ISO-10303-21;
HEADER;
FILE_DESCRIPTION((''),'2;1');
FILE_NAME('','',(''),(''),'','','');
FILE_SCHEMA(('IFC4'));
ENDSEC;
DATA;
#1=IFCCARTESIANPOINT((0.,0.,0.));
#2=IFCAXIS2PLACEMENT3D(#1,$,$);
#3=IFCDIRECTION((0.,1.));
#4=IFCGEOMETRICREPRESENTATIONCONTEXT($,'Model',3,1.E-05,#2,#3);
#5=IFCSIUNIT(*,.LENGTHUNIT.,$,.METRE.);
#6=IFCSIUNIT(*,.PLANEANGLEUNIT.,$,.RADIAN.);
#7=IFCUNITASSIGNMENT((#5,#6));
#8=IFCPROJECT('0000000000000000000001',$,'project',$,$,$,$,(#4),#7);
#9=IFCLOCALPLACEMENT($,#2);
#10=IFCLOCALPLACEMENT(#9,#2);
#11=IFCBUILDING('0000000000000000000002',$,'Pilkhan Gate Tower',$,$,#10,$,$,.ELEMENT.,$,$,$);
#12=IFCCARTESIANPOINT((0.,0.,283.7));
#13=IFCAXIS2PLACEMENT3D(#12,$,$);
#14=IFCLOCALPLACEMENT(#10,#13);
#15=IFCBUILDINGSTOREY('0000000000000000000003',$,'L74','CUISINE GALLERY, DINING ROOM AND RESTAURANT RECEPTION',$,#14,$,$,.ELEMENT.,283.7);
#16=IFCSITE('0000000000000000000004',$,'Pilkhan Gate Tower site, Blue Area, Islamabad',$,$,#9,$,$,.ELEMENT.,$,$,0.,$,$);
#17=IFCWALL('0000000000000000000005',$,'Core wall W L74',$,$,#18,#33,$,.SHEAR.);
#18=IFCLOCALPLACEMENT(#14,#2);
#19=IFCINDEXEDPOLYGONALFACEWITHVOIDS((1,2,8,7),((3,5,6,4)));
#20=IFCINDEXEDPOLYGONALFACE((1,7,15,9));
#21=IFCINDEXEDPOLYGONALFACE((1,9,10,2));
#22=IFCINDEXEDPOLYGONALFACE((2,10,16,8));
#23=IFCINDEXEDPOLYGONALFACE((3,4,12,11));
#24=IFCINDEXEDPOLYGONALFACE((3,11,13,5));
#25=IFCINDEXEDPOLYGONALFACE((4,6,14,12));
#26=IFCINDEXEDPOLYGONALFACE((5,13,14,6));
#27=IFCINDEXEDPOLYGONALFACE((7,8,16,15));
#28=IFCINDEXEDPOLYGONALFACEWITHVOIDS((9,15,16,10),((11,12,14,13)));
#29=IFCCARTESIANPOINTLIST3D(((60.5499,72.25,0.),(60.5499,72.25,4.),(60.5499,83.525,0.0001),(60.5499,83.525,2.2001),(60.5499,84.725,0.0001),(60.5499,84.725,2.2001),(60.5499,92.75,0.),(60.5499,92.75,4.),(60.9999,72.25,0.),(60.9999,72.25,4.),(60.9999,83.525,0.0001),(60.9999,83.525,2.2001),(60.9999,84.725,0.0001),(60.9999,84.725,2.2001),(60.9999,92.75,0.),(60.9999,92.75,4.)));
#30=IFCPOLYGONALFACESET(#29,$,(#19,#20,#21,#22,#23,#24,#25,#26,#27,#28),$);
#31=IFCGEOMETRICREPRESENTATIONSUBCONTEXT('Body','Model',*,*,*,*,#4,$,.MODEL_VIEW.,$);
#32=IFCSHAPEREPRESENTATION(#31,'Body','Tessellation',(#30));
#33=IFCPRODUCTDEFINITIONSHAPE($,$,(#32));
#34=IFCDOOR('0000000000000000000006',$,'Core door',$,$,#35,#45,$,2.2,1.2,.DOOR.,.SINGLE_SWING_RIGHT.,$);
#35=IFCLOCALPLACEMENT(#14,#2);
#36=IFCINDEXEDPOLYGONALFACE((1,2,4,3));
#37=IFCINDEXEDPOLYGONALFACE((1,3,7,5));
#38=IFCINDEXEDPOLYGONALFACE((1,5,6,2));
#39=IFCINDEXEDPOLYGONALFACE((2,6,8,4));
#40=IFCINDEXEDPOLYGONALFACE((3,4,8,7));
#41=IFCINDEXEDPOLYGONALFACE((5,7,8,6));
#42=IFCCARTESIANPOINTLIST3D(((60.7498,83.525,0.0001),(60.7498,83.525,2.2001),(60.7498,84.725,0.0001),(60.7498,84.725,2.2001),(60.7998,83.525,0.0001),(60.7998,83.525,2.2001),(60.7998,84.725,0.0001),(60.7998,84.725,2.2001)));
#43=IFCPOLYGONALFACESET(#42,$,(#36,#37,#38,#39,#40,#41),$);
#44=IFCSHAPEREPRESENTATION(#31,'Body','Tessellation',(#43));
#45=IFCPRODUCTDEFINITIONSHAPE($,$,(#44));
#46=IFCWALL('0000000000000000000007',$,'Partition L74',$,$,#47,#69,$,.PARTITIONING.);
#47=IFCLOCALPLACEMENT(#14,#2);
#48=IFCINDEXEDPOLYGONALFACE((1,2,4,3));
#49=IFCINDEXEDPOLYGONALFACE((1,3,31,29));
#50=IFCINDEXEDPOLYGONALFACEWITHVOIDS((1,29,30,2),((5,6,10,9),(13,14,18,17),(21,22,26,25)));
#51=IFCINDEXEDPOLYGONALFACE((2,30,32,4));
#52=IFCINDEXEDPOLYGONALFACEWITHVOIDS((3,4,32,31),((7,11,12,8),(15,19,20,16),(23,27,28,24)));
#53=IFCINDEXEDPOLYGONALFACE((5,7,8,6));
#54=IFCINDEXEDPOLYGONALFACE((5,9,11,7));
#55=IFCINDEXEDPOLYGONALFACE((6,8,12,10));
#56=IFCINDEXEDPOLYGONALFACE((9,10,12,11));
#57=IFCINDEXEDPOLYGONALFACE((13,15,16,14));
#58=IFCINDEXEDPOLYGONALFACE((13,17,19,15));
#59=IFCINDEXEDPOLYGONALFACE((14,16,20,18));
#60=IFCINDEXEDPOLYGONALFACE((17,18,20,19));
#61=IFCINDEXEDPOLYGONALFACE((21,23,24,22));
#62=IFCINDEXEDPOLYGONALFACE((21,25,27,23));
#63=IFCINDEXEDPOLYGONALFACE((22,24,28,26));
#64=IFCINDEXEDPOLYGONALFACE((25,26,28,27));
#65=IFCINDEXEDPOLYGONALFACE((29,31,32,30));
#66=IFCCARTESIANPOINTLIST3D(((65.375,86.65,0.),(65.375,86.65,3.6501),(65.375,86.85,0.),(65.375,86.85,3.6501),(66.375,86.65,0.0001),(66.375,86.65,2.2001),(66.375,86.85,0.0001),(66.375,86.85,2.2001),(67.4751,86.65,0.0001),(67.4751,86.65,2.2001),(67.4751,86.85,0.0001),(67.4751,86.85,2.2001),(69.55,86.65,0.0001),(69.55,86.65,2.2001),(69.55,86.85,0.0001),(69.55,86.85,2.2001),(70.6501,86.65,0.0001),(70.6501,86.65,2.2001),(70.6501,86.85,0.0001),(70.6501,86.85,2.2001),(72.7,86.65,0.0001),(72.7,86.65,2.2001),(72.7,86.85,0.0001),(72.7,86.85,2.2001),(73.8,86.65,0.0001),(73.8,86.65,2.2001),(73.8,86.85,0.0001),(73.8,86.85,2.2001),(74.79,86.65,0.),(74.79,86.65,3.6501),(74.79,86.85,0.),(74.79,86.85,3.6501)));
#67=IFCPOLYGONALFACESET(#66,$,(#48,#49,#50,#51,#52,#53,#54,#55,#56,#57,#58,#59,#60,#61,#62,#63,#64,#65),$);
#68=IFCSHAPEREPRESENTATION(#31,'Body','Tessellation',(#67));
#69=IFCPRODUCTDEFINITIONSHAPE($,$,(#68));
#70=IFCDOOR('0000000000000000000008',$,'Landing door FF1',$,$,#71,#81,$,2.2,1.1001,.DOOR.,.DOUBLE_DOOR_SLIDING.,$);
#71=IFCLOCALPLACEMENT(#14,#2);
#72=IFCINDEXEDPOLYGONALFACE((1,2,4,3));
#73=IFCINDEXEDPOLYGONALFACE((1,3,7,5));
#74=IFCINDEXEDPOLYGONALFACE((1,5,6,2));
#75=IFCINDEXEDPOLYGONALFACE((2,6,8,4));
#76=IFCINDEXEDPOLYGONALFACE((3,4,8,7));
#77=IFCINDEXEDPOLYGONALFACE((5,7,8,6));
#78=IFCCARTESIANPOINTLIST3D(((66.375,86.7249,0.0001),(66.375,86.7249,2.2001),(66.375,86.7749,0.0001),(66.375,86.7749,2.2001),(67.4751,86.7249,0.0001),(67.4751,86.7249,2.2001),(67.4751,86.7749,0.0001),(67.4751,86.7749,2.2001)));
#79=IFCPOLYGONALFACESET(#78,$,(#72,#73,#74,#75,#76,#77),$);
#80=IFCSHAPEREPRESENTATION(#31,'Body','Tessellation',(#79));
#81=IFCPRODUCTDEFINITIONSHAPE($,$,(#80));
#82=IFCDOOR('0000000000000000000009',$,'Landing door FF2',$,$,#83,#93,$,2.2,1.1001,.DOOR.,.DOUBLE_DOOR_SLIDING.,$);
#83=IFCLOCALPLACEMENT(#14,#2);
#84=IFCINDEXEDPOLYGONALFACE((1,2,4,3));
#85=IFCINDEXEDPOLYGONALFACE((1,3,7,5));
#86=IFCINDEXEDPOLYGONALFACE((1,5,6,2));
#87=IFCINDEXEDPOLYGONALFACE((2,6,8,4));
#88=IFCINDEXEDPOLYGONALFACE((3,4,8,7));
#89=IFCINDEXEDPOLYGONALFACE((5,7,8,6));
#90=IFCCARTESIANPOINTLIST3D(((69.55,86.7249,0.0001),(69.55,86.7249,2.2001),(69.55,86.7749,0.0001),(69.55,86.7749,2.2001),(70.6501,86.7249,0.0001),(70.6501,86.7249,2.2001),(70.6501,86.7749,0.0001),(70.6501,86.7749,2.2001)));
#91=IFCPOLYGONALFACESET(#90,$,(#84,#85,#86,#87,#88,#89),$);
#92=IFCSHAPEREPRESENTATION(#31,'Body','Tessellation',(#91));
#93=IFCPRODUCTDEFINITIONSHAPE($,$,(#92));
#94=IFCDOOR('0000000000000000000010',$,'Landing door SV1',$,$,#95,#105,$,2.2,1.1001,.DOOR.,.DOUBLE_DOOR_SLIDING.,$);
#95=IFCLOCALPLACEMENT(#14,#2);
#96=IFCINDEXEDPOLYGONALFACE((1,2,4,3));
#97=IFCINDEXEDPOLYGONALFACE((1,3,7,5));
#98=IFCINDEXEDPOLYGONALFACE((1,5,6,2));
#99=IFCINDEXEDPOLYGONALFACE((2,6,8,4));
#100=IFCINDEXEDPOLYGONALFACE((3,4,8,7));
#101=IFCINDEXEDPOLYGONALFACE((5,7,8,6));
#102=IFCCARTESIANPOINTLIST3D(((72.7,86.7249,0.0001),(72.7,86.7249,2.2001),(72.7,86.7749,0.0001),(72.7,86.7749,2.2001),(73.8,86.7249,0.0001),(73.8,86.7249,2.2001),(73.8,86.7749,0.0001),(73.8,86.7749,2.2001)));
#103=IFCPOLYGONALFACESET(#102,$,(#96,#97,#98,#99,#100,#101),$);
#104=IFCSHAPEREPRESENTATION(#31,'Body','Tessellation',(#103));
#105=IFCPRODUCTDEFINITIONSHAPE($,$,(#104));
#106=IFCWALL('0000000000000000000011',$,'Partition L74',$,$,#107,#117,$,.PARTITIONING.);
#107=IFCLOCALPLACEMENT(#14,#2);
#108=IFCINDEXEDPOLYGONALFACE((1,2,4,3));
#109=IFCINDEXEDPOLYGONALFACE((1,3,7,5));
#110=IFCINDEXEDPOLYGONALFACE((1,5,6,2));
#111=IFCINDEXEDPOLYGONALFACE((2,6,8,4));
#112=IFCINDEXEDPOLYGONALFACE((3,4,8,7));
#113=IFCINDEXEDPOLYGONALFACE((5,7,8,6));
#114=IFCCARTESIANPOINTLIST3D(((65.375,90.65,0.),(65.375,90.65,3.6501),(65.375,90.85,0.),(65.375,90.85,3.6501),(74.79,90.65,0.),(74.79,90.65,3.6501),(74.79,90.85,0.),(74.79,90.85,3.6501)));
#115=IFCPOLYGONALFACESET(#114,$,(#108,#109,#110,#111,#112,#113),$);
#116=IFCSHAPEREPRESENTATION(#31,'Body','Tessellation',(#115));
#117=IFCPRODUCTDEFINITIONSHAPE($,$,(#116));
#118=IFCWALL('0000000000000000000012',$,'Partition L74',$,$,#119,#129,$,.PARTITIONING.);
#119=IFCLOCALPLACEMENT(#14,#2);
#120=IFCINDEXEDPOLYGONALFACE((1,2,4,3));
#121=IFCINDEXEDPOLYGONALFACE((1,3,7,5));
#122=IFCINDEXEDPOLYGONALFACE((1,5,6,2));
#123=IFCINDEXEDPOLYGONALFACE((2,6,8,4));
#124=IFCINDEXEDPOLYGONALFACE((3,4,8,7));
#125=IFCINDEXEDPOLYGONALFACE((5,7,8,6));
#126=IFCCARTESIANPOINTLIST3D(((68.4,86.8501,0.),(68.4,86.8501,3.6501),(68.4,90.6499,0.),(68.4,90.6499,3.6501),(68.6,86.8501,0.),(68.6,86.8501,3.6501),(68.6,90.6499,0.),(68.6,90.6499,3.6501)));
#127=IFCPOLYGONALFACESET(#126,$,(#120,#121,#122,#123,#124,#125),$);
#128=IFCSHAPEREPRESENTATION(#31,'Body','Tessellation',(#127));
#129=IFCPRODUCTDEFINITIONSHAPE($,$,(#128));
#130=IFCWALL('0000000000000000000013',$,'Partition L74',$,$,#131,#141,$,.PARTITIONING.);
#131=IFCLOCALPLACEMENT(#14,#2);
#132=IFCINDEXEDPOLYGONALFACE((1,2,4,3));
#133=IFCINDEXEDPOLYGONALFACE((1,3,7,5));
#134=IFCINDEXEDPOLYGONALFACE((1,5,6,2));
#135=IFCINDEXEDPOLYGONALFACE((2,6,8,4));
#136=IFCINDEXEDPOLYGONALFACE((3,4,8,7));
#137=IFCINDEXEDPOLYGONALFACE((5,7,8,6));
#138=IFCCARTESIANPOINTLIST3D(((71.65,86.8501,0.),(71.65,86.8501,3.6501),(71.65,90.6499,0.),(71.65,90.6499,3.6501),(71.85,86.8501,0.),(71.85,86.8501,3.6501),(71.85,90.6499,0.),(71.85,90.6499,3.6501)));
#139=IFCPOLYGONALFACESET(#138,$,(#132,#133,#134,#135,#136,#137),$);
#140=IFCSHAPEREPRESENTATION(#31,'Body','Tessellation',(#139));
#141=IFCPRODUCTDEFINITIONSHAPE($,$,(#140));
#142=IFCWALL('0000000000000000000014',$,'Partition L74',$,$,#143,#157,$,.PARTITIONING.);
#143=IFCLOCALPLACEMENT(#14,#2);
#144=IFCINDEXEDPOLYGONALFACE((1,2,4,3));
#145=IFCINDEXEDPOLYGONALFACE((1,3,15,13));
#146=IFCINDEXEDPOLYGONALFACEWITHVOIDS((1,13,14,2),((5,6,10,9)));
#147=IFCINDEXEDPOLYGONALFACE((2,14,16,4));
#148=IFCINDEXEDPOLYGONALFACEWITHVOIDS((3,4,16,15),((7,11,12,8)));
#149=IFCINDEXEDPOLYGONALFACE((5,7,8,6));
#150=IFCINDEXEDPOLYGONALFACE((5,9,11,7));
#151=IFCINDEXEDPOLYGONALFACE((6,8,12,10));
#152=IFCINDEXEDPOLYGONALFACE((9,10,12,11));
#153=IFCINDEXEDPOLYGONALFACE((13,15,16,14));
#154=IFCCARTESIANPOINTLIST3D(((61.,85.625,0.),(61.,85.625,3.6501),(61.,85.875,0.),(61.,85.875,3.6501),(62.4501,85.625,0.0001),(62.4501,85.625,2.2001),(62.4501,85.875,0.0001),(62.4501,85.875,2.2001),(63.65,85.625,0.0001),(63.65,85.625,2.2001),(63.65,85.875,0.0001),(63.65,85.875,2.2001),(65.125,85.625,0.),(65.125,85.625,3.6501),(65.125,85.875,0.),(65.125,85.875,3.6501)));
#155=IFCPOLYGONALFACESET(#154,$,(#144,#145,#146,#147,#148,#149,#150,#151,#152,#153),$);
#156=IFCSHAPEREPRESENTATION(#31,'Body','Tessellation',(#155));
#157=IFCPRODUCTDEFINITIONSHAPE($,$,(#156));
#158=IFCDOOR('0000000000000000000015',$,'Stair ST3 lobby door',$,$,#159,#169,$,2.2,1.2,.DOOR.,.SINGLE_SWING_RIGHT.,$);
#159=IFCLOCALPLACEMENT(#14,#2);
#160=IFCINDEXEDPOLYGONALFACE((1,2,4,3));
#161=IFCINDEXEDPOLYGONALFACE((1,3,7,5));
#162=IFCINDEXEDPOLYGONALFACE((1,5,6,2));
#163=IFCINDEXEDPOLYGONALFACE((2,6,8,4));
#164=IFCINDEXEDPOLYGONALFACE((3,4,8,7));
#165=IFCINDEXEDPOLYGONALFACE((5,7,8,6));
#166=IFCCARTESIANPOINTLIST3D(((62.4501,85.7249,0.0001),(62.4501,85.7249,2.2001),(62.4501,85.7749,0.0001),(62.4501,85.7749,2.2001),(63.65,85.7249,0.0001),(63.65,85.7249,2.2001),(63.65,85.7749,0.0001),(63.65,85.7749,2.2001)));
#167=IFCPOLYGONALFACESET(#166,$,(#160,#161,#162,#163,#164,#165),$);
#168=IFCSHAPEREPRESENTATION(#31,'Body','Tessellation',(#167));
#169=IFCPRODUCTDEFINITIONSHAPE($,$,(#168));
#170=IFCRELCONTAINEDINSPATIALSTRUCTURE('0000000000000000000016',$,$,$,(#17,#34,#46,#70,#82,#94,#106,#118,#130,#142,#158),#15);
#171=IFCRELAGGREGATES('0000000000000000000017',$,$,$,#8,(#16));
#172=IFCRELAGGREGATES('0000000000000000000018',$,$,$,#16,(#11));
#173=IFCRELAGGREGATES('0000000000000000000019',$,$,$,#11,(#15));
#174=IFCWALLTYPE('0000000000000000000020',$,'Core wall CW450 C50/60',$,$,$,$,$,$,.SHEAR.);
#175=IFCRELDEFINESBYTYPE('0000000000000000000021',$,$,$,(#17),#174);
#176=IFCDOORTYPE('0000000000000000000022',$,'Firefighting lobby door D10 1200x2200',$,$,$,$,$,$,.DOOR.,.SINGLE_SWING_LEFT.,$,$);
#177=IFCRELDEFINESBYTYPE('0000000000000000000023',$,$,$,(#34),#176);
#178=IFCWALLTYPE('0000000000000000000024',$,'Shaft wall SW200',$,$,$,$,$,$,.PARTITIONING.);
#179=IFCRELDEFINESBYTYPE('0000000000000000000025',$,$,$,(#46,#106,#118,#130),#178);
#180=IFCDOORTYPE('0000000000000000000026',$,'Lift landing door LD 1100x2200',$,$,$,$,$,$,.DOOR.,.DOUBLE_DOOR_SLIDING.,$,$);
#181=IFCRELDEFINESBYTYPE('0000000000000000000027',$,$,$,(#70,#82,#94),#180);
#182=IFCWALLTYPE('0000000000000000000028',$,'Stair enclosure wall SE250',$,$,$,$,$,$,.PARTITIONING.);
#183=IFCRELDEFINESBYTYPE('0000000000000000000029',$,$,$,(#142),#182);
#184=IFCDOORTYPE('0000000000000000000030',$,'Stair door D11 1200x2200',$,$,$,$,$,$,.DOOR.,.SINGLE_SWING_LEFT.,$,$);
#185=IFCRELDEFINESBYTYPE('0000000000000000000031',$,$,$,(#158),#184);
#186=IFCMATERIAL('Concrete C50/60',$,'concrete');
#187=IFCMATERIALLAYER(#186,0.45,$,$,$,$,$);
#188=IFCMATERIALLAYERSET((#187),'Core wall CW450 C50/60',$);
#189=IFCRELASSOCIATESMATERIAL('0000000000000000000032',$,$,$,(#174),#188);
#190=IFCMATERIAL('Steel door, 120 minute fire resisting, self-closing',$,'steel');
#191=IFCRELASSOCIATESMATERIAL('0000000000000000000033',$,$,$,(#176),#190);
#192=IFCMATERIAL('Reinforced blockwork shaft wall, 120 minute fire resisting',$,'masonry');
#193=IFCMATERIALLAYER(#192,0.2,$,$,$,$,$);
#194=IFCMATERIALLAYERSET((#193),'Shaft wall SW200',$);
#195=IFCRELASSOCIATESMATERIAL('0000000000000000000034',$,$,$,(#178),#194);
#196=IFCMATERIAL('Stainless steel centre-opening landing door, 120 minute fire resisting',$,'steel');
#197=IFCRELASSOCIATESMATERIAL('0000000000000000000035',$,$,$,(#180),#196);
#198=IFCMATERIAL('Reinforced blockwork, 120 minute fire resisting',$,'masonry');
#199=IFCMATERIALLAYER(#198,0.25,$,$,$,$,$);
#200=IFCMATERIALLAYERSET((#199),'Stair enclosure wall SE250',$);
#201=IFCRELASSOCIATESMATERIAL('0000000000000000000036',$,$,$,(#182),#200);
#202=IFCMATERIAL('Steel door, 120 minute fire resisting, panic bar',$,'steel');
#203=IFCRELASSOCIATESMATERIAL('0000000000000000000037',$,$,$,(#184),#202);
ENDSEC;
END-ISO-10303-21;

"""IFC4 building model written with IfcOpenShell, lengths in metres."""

from ifc_helpers import new_model, si_unit, direction, frame, frame_2d, origin, place, context, subcontext, project, spatial, rectangle, extrude, material, layer, layer_set, type_object, element, fill, save


model = new_model("IFC4")

# Units and contexts
model_context = context("Model", 3, precision=1e-05, world=origin(), true_north=direction((0.0, 1.0)))
body_context = subcontext(model_context, "Body", "Model", "MODEL_VIEW")
ifc_project = project(units=[si_unit("LENGTHUNIT", "METRE"), si_unit("PLANEANGLEUNIT", "RADIAN")], contexts=[model_context])

# Site, building, storey
site_placement = place(None, origin())
site = spatial("IfcSite", under=ifc_project, at=site_placement, Name="Pilkhan Gate Tower site, Blue Area, Islamabad", CompositionType="ELEMENT", RefElevation=0.0)
building_placement = place(site_placement, origin())
building = spatial("IfcBuilding", under=site, at=building_placement, Name="Pilkhan Gate Tower", CompositionType="ELEMENT")
storey_placement = place(building_placement, frame((0.0, 0.0, 283.7)))
storey = spatial("IfcBuildingStorey", under=building, at=storey_placement, Name="L74", Description="CUISINE GALLERY, DINING ROOM AND RESTAURANT RECEPTION", CompositionType="ELEMENT", Elevation=283.7)

# Wall, opening, door
ifc_material_1 = material(Name="Concrete C50/60", Category="concrete")
ifc_layer_1 = layer(ifc_material_1, 0.45)
ifc_layer_set_1 = layer_set([ifc_layer_1], Name="Core wall CW450 C50/60")
wall_type_1 = type_object("IfcWallType", Name="Core wall CW450 C50/60", PredefinedType="SHEAR", material=ifc_layer_set_1)
wall_1_placement = place(storey_placement, frame((60.7749, 92.75, 0.0), z_axis=(0.0, 0.0, 1.0), x_axis=(0.0, -1.0, 0.0)))
wall_1 = element("IfcWall", 1, at=wall_1_placement, inside=storey, type_object=wall_type_1, Name="Core wall W L74", PredefinedType="SHEAR", context=body_context, shape_type="SweptSolid", body=[
    extrude(rectangle(XDim=20.5, YDim=0.45, at=frame_2d((10.25, 0.0))), origin(), (0.0, 0.0, 1.0), 4.0),
])
opening_1_placement = place(wall_1_placement, frame((8.0249, 0.0, 0.0)))
opening_1 = element("IfcOpeningElement", 2, at=opening_1_placement, cuts=wall_1, PredefinedType="OPENING", context=body_context, shape_type="SweptSolid", body=[
    extrude(rectangle(XDim=1.2, YDim=2.2, at=frame_2d((0.6001, 1.1001))), frame((0.0, 0.2349, 0.0), z_axis=(0.0, -1.0, 0.0), x_axis=(1.0, 0.0, 0.0)), (0.0, 0.0, 1.0), 0.47),
])
ifc_material_2 = material(Name="Steel door, 120 minute fire resisting, self-closing", Category="steel")
door_type_1 = type_object("IfcDoorType", Name="Firefighting lobby door D10 1200x2200", OperationType="SINGLE_SWING_LEFT", PredefinedType="DOOR", material=ifc_material_2)
door_1_placement = place(opening_1_placement, origin())
door_1 = element("IfcDoor", 3, at=door_1_placement, inside=storey, type_object=door_type_1, Name="Core door", OperationType="SINGLE_SWING_RIGHT", OverallHeight=2.2, OverallWidth=1.2, PredefinedType="DOOR", context=body_context, shape_type="SweptSolid", body=[
    extrude(rectangle(XDim=1.2, YDim=2.2, at=frame_2d((0.6001, 1.1001))), frame((0.0, 0.0249, 0.0), z_axis=(0.0, -1.0, 0.0), x_axis=(1.0, 0.0, 0.0)), (0.0, 0.0, 1.0), 0.05),
])
fill(opening_1, door_1)

# Wall, openings, doors
ifc_material_3 = material(Name="Reinforced blockwork shaft wall, 120 minute fire resisting", Category="masonry")
ifc_layer_2 = layer(ifc_material_3, 0.2)
ifc_layer_set_2 = layer_set([ifc_layer_2], Name="Shaft wall SW200")
wall_type_2 = type_object("IfcWallType", Name="Shaft wall SW200", PredefinedType="PARTITIONING", material=ifc_layer_set_2)
wall_2_placement = place(storey_placement, frame((65.375, 86.75, 0.0), z_axis=(0.0, 0.0, 1.0), x_axis=(1.0, 0.0, 0.0)))
wall_2 = element("IfcWall", 4, at=wall_2_placement, inside=storey, type_object=wall_type_2, Name="Partition L74", PredefinedType="PARTITIONING", context=body_context, shape_type="SweptSolid", body=[
    extrude(rectangle(XDim=9.415, YDim=0.2, at=frame_2d((4.7075, 0.0))), origin(), (0.0, 0.0, 1.0), 3.6501),
])
opening_2_placement = place(wall_2_placement, frame((1.0, 0.0, 0.0)))
opening_2 = element("IfcOpeningElement", 5, at=opening_2_placement, cuts=wall_2, PredefinedType="OPENING", context=body_context, shape_type="SweptSolid", body=[
    extrude(rectangle(XDim=1.1001, YDim=2.2, at=frame_2d((0.55, 1.1001))), frame((0.0, 0.1099, 0.0), z_axis=(0.0, -1.0, 0.0), x_axis=(1.0, 0.0, 0.0)), (0.0, 0.0, 1.0), 0.22),
])
opening_3_placement = place(wall_2_placement, frame((4.175, 0.0, 0.0)))
opening_3 = element("IfcOpeningElement", 6, at=opening_3_placement, cuts=wall_2, PredefinedType="OPENING", context=body_context, shape_type="SweptSolid", body=[
    extrude(rectangle(XDim=1.1001, YDim=2.2, at=frame_2d((0.55, 1.1001))), frame((0.0, 0.1099, 0.0), z_axis=(0.0, -1.0, 0.0), x_axis=(1.0, 0.0, 0.0)), (0.0, 0.0, 1.0), 0.22),
])
opening_4_placement = place(wall_2_placement, frame((7.325, 0.0, 0.0)))
opening_4 = element("IfcOpeningElement", 7, at=opening_4_placement, cuts=wall_2, PredefinedType="OPENING", context=body_context, shape_type="SweptSolid", body=[
    extrude(rectangle(XDim=1.1001, YDim=2.2, at=frame_2d((0.55, 1.1001))), frame((0.0, 0.1099, 0.0), z_axis=(0.0, -1.0, 0.0), x_axis=(1.0, 0.0, 0.0)), (0.0, 0.0, 1.0), 0.22),
])
ifc_material_4 = material(Name="Stainless steel centre-opening landing door, 120 minute fire resisting", Category="steel")
door_type_2 = type_object("IfcDoorType", Name="Lift landing door LD 1100x2200", OperationType="DOUBLE_DOOR_SLIDING", PredefinedType="DOOR", material=ifc_material_4)
door_2_placement = place(opening_2_placement, origin())
door_2 = element("IfcDoor", 8, at=door_2_placement, inside=storey, type_object=door_type_2, Name="Landing door FF1", OperationType="DOUBLE_DOOR_SLIDING", OverallHeight=2.2, OverallWidth=1.1001, PredefinedType="DOOR", context=body_context, shape_type="SweptSolid", body=[
    extrude(rectangle(XDim=1.1001, YDim=2.2, at=frame_2d((0.55, 1.1001))), frame((0.0, 0.0249, 0.0), z_axis=(0.0, -1.0, 0.0), x_axis=(1.0, 0.0, 0.0)), (0.0, 0.0, 1.0), 0.05),
])
fill(opening_2, door_2)
door_3_placement = place(opening_3_placement, origin())
door_3 = element("IfcDoor", 9, at=door_3_placement, inside=storey, type_object=door_type_2, Name="Landing door FF2", OperationType="DOUBLE_DOOR_SLIDING", OverallHeight=2.2, OverallWidth=1.1001, PredefinedType="DOOR", context=body_context, shape_type="SweptSolid", body=[
    extrude(rectangle(XDim=1.1001, YDim=2.2, at=frame_2d((0.55, 1.1001))), frame((0.0, 0.0249, 0.0), z_axis=(0.0, -1.0, 0.0), x_axis=(1.0, 0.0, 0.0)), (0.0, 0.0, 1.0), 0.05),
])
fill(opening_3, door_3)
door_4_placement = place(opening_4_placement, origin())
door_4 = element("IfcDoor", 10, at=door_4_placement, inside=storey, type_object=door_type_2, Name="Landing door SV1", OperationType="DOUBLE_DOOR_SLIDING", OverallHeight=2.2, OverallWidth=1.1001, PredefinedType="DOOR", context=body_context, shape_type="SweptSolid", body=[
    extrude(rectangle(XDim=1.1001, YDim=2.2, at=frame_2d((0.55, 1.1001))), frame((0.0, 0.0249, 0.0), z_axis=(0.0, -1.0, 0.0), x_axis=(1.0, 0.0, 0.0)), (0.0, 0.0, 1.0), 0.05),
])
fill(opening_4, door_4)

# Walls
wall_3_placement = place(storey_placement, frame((65.375, 90.75, 0.0), z_axis=(0.0, 0.0, 1.0), x_axis=(1.0, 0.0, 0.0)))
element("IfcWall", 11, at=wall_3_placement, inside=storey, type_object=wall_type_2, Name="Partition L74", PredefinedType="PARTITIONING", context=body_context, shape_type="SweptSolid", body=[
    extrude(rectangle(XDim=9.415, YDim=0.2, at=frame_2d((4.7075, 0.0))), origin(), (0.0, 0.0, 1.0), 3.6501),
])
for number, where, z_axis, x_axis, name in (
    (12, (68.5, 86.8501, 0.0), (0.0, 0.0, 1.0), (0.0, 1.0, 0.0), "Partition L74"),
    (13, (71.75, 86.8501, 0.0), (0.0, 0.0, 1.0), (0.0, 1.0, 0.0), "Partition L74"),
):
    element("IfcWall", number, at=place(storey_placement, frame(where, z_axis=z_axis, x_axis=x_axis)), inside=storey, type_object=wall_type_2, Name=name, PredefinedType="PARTITIONING", context=body_context, shape_type="SweptSolid", body=[
        extrude(rectangle(XDim=3.7998, YDim=0.2, at=frame_2d((1.8999, 0.0))), origin(), (0.0, 0.0, 1.0), 3.6501),
    ])

# Wall, opening, door
ifc_material_5 = material(Name="Reinforced blockwork, 120 minute fire resisting", Category="masonry")
ifc_layer_3 = layer(ifc_material_5, 0.25)
ifc_layer_set_3 = layer_set([ifc_layer_3], Name="Stair enclosure wall SE250")
wall_type_3 = type_object("IfcWallType", Name="Stair enclosure wall SE250", PredefinedType="PARTITIONING", material=ifc_layer_set_3)
wall_4_placement = place(storey_placement, frame((61.0, 85.75, 0.0), z_axis=(0.0, 0.0, 1.0), x_axis=(1.0, 0.0, 0.0)))
wall_4 = element("IfcWall", 14, at=wall_4_placement, inside=storey, type_object=wall_type_3, Name="Partition L74", PredefinedType="PARTITIONING", context=body_context, shape_type="SweptSolid", body=[
    extrude(rectangle(XDim=4.125, YDim=0.25, at=frame_2d((2.0625, 0.0))), origin(), (0.0, 0.0, 1.0), 3.6501),
])
opening_5_placement = place(wall_4_placement, frame((1.45, 0.0, 0.0)))
opening_5 = element("IfcOpeningElement", 15, at=opening_5_placement, cuts=wall_4, PredefinedType="OPENING", context=body_context, shape_type="SweptSolid", body=[
    extrude(rectangle(XDim=1.2, YDim=2.2, at=frame_2d((0.6001, 1.1001))), frame((0.0, 0.135, 0.0), z_axis=(0.0, -1.0, 0.0), x_axis=(1.0, 0.0, 0.0)), (0.0, 0.0, 1.0), 0.27),
])
ifc_material_6 = material(Name="Steel door, 120 minute fire resisting, panic bar", Category="steel")
door_type_3 = type_object("IfcDoorType", Name="Stair door D11 1200x2200", OperationType="SINGLE_SWING_LEFT", PredefinedType="DOOR", material=ifc_material_6)
door_5_placement = place(opening_5_placement, origin())
door_5 = element("IfcDoor", 16, at=door_5_placement, inside=storey, type_object=door_type_3, Name="Stair ST3 lobby door", OperationType="SINGLE_SWING_RIGHT", OverallHeight=2.2, OverallWidth=1.2, PredefinedType="DOOR", context=body_context, shape_type="SweptSolid", body=[
    extrude(rectangle(XDim=1.2, YDim=2.2, at=frame_2d((0.6001, 1.1001))), frame((0.0, 0.0249, 0.0), z_axis=(0.0, -1.0, 0.0), x_axis=(1.0, 0.0, 0.0)), (0.0, 0.0, 1.0), 0.05),
])
fill(opening_5, door_5)

save(model, "model.ifc")
